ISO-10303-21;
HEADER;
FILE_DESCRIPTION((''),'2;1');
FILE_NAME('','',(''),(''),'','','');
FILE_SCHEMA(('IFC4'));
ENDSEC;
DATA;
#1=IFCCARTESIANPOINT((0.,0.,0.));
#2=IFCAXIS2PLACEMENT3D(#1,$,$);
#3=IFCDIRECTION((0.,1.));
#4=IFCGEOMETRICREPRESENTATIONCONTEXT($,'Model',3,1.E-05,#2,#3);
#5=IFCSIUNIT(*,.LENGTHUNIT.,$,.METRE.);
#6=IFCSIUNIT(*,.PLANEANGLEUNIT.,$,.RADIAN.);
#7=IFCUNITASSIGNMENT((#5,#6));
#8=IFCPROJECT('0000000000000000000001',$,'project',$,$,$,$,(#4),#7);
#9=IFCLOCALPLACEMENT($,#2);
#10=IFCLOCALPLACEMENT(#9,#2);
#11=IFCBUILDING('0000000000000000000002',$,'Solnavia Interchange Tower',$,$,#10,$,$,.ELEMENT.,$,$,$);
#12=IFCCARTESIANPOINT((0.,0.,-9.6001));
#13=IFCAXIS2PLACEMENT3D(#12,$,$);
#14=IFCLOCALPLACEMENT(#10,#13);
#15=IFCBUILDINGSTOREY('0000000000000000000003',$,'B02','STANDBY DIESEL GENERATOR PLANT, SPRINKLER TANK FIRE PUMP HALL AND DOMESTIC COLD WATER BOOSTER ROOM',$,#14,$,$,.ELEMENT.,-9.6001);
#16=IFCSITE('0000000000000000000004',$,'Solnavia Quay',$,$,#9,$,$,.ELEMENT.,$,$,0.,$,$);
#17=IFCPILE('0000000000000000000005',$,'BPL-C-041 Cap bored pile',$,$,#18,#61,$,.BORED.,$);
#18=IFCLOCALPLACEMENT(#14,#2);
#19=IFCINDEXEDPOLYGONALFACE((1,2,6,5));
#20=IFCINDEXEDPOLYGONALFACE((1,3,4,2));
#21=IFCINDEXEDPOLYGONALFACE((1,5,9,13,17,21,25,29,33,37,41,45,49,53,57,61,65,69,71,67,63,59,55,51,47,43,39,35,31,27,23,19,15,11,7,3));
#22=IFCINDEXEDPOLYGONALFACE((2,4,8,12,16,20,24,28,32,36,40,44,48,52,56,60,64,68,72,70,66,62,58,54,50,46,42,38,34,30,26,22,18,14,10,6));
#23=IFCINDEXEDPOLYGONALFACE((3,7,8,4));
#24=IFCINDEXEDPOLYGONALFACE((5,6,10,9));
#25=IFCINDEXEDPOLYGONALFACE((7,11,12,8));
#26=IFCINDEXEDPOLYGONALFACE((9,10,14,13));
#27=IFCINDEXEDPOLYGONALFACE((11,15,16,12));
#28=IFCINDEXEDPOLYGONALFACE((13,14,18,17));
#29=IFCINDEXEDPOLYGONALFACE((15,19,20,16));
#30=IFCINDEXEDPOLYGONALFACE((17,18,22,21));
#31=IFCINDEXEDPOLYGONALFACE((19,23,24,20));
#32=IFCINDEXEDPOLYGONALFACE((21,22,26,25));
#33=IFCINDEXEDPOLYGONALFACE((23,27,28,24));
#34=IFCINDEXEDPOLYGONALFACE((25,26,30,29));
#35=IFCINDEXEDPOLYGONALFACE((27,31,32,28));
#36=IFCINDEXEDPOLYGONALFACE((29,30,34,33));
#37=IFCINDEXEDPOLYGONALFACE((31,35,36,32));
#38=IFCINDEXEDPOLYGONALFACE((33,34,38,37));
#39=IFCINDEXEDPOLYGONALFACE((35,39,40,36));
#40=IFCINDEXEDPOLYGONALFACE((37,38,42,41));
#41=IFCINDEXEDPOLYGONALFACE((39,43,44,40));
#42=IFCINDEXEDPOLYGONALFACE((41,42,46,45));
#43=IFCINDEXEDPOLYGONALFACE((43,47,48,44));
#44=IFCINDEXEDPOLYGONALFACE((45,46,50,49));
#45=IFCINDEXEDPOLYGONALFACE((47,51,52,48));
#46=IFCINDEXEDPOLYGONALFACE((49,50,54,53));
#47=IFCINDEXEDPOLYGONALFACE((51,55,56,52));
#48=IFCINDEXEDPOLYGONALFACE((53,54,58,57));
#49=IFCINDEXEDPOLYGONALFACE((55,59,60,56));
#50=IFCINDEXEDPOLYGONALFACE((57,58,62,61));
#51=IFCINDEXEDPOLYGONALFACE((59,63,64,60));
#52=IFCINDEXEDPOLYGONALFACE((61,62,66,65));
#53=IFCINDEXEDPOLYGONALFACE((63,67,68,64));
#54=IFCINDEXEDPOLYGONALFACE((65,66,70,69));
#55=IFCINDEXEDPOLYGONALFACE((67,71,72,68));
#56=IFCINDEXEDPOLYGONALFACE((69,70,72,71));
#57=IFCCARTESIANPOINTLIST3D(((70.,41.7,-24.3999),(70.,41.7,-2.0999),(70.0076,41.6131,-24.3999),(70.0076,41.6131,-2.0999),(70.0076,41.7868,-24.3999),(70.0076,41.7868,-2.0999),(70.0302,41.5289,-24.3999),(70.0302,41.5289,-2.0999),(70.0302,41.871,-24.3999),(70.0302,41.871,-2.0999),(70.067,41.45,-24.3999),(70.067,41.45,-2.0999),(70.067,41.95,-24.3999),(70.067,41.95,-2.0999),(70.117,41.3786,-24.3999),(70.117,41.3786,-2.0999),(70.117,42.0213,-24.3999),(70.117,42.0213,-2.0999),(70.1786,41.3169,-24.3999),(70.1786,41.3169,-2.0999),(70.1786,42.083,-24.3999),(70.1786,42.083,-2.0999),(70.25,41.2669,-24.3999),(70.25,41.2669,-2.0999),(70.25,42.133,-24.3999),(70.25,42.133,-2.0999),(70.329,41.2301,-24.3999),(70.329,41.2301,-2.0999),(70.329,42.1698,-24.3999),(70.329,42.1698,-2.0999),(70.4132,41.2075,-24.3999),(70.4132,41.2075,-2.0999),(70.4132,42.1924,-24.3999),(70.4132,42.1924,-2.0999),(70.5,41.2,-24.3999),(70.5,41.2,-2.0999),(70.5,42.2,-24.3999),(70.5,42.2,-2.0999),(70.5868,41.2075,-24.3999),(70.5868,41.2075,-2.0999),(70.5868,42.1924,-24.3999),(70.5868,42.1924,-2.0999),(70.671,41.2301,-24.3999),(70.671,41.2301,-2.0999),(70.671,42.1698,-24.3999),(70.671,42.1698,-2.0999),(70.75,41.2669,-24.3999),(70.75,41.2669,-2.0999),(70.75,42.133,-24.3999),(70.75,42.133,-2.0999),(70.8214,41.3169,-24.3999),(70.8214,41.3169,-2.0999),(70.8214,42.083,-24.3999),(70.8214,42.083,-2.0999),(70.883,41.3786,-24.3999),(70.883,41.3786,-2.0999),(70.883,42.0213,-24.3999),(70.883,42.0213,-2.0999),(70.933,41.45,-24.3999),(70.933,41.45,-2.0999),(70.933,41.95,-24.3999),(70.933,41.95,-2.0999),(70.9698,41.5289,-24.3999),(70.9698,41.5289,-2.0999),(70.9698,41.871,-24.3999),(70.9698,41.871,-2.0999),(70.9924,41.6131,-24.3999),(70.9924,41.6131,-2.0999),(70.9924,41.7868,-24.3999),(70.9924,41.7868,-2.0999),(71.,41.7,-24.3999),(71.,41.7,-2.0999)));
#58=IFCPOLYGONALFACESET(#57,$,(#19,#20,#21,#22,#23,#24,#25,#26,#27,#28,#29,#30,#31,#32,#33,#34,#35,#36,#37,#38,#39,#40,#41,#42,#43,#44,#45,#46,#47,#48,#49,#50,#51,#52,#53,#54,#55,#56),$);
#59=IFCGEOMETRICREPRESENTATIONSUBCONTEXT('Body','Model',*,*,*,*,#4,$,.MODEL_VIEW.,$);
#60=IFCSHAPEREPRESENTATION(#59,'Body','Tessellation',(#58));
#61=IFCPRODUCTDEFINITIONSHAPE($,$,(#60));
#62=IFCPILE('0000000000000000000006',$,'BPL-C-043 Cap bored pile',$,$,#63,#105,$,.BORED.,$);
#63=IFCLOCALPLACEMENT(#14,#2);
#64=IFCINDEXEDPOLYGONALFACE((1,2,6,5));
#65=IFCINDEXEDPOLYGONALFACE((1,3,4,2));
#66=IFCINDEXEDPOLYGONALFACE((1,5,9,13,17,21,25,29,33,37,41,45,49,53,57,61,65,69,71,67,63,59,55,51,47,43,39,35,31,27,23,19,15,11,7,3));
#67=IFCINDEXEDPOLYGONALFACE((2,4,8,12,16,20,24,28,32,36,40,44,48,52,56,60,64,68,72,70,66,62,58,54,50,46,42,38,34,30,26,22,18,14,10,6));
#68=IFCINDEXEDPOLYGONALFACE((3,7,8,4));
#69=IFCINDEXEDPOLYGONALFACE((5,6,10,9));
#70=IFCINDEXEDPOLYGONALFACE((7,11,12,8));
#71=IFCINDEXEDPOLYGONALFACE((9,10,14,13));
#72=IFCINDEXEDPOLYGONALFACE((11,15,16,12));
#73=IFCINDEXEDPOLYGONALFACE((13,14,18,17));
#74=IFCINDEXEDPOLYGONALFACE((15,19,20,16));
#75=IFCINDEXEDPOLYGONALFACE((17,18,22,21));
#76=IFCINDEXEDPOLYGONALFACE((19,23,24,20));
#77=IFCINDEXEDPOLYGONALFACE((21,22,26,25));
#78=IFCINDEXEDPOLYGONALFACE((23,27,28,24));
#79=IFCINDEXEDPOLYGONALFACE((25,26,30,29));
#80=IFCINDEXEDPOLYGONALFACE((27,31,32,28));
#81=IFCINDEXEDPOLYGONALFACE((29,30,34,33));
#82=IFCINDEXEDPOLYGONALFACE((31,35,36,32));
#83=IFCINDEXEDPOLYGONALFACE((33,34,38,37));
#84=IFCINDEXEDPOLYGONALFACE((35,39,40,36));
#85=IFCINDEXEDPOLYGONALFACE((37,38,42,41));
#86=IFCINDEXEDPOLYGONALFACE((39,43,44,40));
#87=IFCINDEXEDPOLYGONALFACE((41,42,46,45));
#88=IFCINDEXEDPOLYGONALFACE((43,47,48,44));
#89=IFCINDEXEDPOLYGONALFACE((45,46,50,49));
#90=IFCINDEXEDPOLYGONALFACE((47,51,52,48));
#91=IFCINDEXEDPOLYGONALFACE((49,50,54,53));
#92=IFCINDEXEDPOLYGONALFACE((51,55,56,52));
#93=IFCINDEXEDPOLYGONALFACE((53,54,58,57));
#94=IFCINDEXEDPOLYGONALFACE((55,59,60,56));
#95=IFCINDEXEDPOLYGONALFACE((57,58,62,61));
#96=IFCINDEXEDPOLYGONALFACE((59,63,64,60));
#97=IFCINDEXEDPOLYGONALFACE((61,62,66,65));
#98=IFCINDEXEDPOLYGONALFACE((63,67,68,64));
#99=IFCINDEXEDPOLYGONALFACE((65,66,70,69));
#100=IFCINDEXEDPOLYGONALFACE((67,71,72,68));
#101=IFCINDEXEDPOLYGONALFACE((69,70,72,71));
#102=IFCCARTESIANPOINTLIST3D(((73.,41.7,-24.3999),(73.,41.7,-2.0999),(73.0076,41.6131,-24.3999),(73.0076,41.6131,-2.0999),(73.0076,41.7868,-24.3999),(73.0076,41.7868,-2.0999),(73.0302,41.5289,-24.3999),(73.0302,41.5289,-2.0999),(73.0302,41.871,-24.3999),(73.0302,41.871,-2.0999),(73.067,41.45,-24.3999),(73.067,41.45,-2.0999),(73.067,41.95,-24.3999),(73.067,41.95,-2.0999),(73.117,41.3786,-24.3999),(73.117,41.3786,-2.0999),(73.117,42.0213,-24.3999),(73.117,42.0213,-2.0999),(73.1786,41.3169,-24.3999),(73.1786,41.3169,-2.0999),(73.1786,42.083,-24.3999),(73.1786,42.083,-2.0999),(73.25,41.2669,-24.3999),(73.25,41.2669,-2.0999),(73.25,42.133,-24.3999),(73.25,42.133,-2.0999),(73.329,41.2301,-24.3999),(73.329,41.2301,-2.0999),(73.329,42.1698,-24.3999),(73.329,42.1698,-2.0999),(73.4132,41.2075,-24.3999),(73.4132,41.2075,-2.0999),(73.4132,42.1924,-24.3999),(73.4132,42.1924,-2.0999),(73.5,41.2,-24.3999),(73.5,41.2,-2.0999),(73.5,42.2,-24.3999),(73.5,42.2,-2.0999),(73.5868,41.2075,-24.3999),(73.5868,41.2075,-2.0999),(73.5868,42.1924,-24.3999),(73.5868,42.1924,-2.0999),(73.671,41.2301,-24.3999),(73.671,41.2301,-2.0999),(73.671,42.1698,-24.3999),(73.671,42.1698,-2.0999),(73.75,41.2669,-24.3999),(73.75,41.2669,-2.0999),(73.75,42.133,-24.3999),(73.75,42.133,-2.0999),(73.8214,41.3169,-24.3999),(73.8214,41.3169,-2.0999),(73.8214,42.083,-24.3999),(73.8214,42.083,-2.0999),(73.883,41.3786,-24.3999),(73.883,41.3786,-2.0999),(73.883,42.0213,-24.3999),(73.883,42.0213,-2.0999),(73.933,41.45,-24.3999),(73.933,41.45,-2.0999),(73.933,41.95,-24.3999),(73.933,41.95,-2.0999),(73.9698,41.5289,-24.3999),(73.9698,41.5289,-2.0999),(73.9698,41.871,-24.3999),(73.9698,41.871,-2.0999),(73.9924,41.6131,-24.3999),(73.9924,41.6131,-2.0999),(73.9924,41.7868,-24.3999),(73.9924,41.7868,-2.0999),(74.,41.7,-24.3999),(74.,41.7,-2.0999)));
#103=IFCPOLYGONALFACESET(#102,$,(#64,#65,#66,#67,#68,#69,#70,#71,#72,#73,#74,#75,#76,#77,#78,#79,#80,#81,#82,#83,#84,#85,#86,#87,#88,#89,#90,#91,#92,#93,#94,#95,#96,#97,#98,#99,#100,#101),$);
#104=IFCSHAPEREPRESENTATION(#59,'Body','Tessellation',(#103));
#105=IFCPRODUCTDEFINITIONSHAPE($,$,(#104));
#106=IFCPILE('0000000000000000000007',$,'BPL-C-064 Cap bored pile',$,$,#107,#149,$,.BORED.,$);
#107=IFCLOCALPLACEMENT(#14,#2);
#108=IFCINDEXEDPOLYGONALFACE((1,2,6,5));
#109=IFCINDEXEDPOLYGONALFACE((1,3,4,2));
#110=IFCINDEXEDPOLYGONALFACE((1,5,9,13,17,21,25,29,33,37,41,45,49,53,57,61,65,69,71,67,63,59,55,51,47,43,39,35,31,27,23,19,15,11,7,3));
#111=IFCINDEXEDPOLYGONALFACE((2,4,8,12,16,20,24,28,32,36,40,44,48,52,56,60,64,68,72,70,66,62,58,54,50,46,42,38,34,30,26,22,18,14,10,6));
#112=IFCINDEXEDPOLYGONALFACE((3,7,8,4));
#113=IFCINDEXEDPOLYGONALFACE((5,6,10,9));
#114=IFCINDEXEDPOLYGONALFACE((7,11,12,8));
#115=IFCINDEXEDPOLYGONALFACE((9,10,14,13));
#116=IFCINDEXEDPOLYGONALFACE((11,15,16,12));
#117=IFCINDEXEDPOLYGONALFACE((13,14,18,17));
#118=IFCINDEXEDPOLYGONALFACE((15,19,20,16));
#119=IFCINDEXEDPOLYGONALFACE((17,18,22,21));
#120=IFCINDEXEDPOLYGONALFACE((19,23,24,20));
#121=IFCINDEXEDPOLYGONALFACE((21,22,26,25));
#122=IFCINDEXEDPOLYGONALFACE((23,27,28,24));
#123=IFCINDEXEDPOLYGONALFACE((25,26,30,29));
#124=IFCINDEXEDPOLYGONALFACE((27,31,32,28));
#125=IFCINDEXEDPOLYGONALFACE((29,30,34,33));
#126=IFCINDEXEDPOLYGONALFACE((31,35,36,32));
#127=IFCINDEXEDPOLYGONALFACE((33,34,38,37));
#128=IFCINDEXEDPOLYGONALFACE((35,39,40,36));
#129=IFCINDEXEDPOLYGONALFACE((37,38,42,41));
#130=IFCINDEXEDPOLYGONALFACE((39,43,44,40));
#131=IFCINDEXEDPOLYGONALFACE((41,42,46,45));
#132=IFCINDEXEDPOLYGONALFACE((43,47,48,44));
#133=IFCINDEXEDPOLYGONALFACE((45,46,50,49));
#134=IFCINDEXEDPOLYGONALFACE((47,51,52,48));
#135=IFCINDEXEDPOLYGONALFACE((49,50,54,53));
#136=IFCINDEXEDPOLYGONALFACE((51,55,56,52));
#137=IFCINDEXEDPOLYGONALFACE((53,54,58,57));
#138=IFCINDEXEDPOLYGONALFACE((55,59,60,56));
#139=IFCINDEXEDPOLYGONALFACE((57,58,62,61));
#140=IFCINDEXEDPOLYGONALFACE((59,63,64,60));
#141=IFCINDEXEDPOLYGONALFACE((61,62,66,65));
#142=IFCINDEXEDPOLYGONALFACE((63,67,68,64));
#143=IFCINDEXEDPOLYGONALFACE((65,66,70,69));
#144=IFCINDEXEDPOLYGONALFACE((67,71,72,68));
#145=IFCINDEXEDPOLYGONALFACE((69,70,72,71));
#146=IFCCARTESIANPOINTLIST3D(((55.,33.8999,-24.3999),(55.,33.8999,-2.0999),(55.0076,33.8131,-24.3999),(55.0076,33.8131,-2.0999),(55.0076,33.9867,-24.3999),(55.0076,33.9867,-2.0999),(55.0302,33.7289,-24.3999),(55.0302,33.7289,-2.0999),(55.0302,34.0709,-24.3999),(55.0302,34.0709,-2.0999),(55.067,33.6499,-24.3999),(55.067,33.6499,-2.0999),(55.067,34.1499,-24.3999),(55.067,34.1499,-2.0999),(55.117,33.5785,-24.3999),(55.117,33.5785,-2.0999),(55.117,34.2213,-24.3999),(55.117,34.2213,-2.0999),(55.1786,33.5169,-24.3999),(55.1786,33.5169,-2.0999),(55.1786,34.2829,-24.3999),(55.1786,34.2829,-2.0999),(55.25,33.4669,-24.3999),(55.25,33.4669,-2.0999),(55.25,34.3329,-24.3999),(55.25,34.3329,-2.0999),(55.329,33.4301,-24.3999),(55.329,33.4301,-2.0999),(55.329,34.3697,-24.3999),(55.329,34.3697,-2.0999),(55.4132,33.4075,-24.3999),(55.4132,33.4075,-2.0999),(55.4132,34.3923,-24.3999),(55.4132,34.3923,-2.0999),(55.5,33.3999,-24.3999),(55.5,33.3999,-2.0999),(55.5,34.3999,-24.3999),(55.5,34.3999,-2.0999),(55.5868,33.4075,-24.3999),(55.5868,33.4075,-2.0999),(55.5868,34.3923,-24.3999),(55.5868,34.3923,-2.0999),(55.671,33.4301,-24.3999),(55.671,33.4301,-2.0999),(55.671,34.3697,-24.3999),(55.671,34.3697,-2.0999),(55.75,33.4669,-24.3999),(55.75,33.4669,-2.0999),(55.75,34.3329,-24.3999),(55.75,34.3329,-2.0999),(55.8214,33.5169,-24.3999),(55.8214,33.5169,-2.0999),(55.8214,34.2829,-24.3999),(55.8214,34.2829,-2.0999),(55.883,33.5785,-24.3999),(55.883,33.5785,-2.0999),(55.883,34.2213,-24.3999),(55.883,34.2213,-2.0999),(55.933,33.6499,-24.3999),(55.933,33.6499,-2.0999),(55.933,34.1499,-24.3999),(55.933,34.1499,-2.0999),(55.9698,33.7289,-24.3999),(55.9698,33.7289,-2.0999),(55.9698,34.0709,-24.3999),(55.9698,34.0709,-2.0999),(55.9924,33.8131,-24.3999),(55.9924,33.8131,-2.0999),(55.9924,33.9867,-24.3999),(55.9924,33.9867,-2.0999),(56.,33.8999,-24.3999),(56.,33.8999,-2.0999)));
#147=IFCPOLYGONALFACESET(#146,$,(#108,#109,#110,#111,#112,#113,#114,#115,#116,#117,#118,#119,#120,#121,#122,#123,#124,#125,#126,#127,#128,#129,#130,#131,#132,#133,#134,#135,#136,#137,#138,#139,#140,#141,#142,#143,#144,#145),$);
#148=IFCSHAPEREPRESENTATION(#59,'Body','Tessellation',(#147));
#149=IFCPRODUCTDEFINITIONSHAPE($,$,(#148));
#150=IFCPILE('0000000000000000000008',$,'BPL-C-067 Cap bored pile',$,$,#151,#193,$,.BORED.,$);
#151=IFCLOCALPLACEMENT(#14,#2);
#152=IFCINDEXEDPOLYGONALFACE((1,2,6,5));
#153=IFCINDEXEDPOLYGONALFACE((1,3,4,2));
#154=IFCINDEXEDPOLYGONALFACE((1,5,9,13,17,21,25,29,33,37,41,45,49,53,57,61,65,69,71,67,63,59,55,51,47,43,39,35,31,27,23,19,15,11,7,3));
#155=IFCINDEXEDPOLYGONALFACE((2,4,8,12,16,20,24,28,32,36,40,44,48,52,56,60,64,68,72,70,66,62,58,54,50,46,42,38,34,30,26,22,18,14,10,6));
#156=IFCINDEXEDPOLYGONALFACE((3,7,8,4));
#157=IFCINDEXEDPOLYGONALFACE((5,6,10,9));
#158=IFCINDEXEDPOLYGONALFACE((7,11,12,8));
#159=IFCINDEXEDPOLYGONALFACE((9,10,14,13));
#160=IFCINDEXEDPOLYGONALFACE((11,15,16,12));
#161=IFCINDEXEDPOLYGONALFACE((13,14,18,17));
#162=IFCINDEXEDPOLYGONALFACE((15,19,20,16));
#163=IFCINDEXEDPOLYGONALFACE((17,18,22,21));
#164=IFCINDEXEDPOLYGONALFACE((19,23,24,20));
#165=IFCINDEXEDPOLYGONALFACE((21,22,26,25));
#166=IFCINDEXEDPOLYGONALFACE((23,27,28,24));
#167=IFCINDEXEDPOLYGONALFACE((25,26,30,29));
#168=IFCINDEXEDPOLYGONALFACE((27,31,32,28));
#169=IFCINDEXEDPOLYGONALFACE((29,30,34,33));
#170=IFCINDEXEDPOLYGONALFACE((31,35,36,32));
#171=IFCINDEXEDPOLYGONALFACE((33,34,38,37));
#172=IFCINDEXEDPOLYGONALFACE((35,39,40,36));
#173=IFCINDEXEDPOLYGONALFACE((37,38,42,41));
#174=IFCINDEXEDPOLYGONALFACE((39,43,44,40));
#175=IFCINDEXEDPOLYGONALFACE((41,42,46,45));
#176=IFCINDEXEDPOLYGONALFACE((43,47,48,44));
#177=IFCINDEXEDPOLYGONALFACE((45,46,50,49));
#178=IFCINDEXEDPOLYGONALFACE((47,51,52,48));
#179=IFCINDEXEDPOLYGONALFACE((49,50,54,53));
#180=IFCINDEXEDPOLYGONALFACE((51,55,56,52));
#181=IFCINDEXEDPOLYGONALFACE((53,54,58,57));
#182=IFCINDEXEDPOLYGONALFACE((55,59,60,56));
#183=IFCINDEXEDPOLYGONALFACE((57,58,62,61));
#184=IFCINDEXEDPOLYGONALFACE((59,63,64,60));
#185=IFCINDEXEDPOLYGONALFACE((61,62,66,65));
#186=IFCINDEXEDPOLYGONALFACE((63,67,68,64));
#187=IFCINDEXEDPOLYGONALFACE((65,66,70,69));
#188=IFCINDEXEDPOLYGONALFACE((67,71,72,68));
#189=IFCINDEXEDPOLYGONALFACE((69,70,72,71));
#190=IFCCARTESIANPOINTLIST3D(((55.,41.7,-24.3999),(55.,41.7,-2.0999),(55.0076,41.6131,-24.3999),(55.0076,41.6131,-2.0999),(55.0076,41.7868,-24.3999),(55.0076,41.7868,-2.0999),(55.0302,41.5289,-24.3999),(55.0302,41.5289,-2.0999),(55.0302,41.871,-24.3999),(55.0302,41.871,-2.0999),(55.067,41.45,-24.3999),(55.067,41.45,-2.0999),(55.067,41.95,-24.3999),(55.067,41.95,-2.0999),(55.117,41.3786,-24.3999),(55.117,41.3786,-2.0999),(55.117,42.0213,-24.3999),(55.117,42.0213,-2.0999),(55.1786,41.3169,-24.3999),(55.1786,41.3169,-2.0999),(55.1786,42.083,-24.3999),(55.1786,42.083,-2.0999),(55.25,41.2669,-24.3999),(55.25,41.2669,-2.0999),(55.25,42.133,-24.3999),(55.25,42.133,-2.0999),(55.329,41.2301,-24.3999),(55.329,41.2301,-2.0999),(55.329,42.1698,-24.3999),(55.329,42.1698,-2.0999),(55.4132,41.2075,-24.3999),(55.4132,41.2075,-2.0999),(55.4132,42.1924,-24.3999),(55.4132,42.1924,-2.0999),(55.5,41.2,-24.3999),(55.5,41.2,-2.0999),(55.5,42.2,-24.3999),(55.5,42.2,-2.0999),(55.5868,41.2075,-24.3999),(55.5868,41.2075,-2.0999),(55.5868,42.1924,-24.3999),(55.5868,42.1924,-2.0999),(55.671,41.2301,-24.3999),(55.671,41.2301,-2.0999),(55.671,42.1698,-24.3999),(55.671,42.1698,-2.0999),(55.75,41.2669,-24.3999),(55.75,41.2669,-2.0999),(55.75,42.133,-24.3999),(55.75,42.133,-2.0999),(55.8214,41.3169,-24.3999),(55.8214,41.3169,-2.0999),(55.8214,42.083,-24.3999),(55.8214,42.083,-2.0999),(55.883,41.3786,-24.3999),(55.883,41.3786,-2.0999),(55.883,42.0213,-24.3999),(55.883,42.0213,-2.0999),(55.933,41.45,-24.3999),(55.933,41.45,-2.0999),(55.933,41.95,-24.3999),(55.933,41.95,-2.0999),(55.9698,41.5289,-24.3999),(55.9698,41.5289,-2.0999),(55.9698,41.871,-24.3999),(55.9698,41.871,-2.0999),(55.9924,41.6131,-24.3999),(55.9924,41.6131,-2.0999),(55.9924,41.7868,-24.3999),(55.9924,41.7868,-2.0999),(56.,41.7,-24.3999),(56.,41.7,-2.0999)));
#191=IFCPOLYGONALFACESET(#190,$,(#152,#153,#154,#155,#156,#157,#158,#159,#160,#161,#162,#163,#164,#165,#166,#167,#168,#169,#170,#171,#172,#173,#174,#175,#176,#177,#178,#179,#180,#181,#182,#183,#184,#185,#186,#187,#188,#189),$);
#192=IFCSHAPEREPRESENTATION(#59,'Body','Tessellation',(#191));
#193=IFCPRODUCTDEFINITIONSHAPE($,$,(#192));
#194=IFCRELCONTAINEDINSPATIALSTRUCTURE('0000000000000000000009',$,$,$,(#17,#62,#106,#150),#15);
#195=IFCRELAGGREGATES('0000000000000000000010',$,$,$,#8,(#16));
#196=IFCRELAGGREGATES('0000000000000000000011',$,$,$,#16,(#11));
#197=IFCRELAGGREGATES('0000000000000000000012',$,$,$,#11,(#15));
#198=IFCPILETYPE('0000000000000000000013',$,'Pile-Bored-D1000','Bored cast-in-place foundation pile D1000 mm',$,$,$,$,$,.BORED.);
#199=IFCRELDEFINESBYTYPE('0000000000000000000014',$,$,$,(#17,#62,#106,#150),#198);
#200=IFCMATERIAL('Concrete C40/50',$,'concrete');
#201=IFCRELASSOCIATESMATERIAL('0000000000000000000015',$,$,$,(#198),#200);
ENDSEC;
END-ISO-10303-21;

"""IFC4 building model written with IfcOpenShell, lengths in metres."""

from ifc_helpers import new_model, si_unit, direction, frame, origin, origin_2d, place, context, subcontext, project, spatial, circle, extrude, material, material_profile, profile_set, type_object, element, save


model = new_model("IFC4")

# Units and contexts
model_context = context("Model", 3, precision=1e-05, world=origin(), true_north=direction((0.0, 1.0)))
body_context = subcontext(model_context, "Body", "Model", "MODEL_VIEW")
ifc_project = project(units=[si_unit("LENGTHUNIT", "METRE"), si_unit("PLANEANGLEUNIT", "RADIAN")], contexts=[model_context])

# Site, building, storey
site_placement = place(None, origin())
site = spatial("IfcSite", under=ifc_project, at=site_placement, Name="Solnavia Quay", CompositionType="ELEMENT", RefElevation=0.0)
building_placement = place(site_placement, origin())
building = spatial("IfcBuilding", under=site, at=building_placement, Name="Solnavia Interchange Tower", CompositionType="ELEMENT")
storey_placement = place(building_placement, frame((0.0, 0.0, -9.6001)))
storey = spatial("IfcBuildingStorey", under=building, at=storey_placement, Name="B02", Description="STANDBY DIESEL GENERATOR PLANT, SPRINKLER TANK FIRE PUMP HALL AND DOMESTIC COLD WATER BOOSTER ROOM", CompositionType="ELEMENT", Elevation=-9.6001)

# Shared definitions
ifc_material_1 = material(Name="Concrete C40/50", Category="concrete")

# Piles
ifc_material_profile_1 = material_profile(ifc_material_1, circle(Radius=0.5, at=origin_2d()), Name="PILE D1000")
ifc_profile_set_1 = profile_set([ifc_material_profile_1], Name="Concrete C40/50")
pile_type = type_object("IfcPileType", Name="Pile-Bored-D1000", Description="Bored cast-in-place foundation pile D1000 mm", PredefinedType="BORED", material=ifc_profile_set_1)
for number, where, z_axis, x_axis, name in (
    (1, (70.5, 41.7, -2.0999), (0.0, 0.0, -1.0), (1.0, 0.0, 0.0), "BPL-C-041 Cap bored pile"),
    (2, (73.5, 41.7, -2.0999), (0.0, 0.0, -1.0), (1.0, 0.0, 0.0), "BPL-C-043 Cap bored pile"),
    (3, (55.5, 33.8999, -2.0999), (0.0, 0.0, -1.0), (1.0, 0.0, 0.0), "BPL-C-064 Cap bored pile"),
    (4, (55.5, 41.7, -2.0999), (0.0, 0.0, -1.0), (1.0, 0.0, 0.0), "BPL-C-067 Cap bored pile"),
):
    element("IfcPile", number, at=place(storey_placement, frame(where, z_axis=z_axis, x_axis=x_axis)), inside=storey, type_object=pile_type, Name=name, PredefinedType="BORED", context=body_context, shape_type="SweptSolid", body=[
        extrude(circle(Radius=0.5, at=origin_2d()), origin(), (0.0, 0.0, 1.0), 22.3),
    ])

save(model, "model.ifc")
